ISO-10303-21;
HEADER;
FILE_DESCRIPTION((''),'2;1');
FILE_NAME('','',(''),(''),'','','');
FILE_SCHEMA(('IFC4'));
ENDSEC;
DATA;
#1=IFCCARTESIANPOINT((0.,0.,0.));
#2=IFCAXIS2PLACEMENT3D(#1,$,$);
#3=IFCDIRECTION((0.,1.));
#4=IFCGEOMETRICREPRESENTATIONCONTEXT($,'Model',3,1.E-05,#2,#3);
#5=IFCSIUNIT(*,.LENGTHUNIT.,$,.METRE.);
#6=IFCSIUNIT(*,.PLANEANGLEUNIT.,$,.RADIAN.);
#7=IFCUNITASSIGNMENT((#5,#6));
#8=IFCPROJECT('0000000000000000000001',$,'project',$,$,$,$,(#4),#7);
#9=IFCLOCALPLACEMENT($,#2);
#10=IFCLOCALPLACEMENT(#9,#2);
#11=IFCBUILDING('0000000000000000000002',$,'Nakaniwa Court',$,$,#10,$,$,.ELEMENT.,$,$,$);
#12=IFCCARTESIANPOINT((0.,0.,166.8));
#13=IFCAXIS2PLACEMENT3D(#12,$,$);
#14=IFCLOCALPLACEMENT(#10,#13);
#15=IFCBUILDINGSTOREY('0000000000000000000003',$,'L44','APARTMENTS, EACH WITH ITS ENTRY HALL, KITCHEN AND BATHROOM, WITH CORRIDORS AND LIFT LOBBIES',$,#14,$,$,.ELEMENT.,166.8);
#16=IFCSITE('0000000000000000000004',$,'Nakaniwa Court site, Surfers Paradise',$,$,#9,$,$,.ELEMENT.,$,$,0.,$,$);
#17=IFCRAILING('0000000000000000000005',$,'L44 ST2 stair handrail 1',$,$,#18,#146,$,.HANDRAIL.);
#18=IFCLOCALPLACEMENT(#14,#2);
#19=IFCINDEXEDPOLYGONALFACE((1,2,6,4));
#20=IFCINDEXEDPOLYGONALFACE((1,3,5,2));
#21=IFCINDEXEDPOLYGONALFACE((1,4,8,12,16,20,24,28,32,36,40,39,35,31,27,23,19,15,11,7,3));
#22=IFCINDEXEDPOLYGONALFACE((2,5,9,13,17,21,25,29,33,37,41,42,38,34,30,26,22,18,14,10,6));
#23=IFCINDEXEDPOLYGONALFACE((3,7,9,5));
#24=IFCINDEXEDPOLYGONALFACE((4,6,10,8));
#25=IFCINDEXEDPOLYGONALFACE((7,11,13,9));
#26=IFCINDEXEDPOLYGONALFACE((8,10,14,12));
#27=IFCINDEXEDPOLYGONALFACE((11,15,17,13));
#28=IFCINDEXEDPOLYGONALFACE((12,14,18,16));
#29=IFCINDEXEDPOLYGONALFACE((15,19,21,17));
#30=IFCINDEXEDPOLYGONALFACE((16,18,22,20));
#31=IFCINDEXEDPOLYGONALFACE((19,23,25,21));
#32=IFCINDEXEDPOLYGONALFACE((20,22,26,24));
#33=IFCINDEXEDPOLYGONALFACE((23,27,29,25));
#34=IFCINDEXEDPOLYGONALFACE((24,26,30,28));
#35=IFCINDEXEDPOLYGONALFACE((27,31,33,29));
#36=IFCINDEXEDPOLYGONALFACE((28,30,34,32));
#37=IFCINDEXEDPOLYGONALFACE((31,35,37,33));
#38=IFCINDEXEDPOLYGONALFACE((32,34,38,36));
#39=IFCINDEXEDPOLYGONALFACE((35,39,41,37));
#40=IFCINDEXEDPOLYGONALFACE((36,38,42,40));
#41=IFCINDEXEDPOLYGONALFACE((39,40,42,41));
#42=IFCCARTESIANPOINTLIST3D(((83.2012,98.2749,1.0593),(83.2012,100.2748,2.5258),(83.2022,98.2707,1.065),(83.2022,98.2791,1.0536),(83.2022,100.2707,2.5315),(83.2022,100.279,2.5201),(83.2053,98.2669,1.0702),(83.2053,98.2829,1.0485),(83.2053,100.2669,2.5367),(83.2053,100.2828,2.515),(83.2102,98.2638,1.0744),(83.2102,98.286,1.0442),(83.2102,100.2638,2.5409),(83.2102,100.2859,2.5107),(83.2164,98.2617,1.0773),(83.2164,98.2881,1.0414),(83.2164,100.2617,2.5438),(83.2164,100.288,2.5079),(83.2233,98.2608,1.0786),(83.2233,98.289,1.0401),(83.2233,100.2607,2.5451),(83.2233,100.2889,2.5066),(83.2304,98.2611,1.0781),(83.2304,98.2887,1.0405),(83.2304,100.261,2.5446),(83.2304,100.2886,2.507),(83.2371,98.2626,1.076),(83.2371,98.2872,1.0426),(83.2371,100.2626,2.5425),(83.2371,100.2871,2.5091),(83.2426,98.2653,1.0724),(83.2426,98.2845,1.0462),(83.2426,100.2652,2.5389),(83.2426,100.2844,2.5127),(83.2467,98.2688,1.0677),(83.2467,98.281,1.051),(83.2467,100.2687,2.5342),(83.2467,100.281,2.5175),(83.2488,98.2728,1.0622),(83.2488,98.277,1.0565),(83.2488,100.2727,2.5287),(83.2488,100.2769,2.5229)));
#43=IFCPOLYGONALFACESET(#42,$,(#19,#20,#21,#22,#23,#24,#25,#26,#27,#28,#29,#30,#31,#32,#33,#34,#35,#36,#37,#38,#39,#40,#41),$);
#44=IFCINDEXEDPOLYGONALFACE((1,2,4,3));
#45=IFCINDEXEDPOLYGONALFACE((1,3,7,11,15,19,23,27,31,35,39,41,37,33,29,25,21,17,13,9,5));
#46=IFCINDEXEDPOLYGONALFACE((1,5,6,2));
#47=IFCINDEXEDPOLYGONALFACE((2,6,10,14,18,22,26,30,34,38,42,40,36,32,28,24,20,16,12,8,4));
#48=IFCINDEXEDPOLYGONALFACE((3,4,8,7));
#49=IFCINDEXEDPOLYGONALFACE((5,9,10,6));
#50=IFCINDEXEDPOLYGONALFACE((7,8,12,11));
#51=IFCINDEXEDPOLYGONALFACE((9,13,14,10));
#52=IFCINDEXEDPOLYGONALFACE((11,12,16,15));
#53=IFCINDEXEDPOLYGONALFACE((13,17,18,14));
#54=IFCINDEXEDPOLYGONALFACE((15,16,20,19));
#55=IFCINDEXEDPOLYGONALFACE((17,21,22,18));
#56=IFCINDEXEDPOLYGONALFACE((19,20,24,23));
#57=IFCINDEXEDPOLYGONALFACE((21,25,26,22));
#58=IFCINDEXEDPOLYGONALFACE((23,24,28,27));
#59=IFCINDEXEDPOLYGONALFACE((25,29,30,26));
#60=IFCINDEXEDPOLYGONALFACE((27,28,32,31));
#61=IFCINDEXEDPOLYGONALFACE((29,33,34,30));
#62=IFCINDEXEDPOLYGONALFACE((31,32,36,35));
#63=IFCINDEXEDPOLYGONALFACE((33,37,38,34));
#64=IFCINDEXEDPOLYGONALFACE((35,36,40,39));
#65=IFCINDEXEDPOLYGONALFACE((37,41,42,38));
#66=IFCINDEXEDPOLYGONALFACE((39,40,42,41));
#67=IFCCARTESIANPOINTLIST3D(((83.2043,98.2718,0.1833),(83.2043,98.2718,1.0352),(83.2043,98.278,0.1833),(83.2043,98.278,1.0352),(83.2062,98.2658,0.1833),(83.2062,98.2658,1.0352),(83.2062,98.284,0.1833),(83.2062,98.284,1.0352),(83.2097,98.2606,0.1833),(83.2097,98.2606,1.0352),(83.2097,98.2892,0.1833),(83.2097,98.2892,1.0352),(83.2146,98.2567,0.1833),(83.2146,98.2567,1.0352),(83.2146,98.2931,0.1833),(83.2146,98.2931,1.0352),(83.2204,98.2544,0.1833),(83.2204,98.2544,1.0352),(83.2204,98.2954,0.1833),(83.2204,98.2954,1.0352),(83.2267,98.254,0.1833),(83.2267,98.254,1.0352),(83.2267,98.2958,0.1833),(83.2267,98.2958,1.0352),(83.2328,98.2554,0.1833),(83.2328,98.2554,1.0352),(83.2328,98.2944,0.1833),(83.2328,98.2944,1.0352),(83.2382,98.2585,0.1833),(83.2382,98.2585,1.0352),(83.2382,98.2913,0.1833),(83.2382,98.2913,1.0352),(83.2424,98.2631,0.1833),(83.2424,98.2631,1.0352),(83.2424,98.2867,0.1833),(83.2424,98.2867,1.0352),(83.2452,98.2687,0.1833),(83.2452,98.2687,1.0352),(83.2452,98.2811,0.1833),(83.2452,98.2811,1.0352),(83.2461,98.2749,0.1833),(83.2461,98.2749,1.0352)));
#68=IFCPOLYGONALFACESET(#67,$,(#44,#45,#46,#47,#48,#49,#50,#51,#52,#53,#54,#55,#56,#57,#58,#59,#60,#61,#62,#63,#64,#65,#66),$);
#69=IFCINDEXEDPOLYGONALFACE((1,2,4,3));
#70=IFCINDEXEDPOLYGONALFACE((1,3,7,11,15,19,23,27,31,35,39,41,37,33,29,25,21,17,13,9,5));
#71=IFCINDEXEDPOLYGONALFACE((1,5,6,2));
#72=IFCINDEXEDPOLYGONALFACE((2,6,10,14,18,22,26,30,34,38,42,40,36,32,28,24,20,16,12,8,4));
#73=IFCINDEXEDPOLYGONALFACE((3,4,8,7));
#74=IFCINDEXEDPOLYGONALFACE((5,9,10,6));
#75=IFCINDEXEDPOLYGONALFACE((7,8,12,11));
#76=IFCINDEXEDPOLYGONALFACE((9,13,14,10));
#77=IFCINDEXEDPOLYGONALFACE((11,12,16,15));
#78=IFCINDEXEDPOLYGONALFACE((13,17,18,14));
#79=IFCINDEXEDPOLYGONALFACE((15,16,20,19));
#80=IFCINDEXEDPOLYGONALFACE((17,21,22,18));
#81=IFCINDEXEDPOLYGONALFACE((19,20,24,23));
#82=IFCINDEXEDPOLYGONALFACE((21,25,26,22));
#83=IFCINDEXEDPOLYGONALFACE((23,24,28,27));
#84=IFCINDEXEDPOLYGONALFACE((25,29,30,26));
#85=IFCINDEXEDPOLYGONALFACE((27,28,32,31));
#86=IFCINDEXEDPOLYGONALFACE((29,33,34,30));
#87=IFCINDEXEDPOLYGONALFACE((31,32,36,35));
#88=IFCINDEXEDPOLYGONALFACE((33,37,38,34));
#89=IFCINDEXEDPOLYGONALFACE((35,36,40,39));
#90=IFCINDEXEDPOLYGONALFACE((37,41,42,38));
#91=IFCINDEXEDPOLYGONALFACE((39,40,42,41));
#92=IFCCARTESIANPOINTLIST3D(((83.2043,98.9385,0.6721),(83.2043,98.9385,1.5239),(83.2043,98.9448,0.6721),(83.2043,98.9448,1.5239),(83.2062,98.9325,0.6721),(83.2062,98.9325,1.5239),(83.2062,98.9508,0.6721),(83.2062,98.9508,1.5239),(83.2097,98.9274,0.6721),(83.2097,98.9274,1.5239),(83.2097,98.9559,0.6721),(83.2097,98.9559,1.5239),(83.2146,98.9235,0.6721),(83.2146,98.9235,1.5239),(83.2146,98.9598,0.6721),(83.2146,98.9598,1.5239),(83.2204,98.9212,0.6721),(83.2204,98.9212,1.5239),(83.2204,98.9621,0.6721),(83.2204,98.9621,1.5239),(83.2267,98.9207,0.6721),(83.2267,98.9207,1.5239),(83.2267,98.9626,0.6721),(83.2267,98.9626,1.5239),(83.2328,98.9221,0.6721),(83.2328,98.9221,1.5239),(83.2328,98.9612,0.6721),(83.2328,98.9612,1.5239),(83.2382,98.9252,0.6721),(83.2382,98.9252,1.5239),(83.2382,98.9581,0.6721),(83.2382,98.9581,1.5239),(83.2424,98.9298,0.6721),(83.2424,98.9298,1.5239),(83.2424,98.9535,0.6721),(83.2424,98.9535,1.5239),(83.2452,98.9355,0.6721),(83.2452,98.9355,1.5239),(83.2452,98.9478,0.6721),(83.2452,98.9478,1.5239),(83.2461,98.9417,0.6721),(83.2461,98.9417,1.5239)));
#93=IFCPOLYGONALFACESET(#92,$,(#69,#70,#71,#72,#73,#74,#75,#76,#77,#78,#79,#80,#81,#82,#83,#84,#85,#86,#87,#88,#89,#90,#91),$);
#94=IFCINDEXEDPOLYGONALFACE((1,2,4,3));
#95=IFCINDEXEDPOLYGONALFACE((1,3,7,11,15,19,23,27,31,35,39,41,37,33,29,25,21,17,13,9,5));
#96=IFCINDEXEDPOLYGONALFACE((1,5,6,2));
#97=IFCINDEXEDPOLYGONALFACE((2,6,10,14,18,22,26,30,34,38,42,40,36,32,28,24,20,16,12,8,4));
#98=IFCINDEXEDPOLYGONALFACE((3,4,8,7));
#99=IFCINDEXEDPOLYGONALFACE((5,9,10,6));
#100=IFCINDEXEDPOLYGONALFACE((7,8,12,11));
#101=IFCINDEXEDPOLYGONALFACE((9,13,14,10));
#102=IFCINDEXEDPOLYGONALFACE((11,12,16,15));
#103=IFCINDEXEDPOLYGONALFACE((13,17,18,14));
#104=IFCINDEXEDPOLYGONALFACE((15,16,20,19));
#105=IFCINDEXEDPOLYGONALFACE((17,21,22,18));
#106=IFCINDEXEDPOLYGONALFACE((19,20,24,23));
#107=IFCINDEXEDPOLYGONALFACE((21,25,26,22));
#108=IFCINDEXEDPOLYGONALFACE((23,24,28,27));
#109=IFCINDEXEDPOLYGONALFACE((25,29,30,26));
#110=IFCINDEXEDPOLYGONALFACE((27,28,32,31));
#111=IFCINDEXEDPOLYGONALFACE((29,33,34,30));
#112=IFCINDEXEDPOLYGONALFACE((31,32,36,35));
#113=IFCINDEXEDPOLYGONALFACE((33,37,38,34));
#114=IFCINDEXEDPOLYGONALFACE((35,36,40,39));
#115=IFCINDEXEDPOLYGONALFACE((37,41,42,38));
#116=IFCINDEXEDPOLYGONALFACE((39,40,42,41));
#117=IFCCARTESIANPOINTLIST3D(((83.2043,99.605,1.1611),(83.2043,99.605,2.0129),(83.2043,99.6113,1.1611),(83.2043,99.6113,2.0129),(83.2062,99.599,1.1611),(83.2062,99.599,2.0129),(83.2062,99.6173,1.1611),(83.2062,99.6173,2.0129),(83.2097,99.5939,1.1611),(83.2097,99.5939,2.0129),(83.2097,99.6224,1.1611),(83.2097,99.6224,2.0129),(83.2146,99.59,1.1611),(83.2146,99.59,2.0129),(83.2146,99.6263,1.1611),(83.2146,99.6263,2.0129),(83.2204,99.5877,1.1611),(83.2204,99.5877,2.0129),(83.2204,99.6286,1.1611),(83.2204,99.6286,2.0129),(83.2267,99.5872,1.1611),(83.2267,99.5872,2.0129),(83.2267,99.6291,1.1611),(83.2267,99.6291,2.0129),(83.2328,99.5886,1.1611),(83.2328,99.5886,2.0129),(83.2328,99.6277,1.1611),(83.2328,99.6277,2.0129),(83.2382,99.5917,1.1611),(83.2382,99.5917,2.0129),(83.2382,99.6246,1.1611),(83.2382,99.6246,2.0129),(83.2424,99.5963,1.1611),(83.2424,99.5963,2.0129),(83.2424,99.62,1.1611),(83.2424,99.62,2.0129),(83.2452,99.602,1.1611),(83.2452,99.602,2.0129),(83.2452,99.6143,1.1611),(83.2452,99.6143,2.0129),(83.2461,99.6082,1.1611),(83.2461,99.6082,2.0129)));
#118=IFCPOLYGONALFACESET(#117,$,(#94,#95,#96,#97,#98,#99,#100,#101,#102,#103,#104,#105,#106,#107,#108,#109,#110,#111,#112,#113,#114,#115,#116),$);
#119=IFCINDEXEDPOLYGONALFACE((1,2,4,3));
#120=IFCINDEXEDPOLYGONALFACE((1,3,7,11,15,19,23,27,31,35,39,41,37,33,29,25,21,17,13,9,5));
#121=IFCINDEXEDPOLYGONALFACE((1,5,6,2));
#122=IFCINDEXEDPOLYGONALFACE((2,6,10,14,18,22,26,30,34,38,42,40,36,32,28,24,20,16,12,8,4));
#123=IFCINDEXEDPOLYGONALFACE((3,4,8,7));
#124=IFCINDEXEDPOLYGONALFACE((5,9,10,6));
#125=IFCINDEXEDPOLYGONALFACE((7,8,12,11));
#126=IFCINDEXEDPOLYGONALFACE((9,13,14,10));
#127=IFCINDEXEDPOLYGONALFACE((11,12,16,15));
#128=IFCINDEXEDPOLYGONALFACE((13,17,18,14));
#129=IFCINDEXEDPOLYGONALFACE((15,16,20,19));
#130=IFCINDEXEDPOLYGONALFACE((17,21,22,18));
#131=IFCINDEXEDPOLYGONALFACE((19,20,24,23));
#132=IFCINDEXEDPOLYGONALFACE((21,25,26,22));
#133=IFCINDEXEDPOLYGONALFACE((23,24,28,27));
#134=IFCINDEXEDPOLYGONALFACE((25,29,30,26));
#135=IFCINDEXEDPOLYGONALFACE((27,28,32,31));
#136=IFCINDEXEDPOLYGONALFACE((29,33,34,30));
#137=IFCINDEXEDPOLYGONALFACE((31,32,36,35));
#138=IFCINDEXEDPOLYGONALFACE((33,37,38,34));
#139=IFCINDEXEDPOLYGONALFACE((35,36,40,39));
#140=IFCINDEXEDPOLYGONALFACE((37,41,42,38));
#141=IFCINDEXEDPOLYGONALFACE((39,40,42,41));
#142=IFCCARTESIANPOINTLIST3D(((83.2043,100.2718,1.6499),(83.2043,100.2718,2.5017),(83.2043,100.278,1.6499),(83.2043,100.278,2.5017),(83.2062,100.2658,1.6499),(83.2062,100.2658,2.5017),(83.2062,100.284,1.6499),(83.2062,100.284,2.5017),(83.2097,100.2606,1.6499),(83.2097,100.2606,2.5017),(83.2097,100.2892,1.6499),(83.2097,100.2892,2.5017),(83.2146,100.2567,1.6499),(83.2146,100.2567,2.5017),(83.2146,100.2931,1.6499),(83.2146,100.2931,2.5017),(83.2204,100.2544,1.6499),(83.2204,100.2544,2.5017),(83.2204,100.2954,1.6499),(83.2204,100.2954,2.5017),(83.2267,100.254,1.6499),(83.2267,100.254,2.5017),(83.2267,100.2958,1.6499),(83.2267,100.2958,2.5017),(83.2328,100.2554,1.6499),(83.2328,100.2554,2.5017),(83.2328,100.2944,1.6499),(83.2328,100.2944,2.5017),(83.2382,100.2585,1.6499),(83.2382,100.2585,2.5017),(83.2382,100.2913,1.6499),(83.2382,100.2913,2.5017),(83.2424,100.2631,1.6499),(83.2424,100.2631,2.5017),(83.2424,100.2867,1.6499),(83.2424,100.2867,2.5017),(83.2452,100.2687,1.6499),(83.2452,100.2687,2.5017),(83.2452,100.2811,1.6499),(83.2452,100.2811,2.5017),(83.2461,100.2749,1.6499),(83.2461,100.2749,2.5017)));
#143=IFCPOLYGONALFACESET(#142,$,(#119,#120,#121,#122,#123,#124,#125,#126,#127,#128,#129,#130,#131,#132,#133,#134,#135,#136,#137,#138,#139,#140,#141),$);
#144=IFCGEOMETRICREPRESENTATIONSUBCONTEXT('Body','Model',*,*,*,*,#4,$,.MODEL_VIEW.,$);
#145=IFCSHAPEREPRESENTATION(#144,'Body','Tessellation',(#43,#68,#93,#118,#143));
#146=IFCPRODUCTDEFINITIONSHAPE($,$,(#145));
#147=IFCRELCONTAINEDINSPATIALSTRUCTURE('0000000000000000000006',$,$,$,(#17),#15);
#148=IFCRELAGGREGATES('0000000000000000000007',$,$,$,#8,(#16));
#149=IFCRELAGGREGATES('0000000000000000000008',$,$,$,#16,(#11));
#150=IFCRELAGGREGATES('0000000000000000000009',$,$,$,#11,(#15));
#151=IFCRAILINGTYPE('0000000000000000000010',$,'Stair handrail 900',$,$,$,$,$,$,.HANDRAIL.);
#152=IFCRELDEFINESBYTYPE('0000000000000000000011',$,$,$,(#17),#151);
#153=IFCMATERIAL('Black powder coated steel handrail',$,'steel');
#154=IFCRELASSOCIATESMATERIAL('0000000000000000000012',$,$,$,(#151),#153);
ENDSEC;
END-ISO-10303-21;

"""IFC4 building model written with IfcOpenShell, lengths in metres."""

from ifc_helpers import new_model, si_unit, direction, frame, origin, origin_2d, place, context, subcontext, project, spatial, circle, extrude, material, type_object, element, save


model = new_model("IFC4")

# Units and contexts
model_context = context("Model", 3, precision=1e-05, world=origin(), true_north=direction((0.0, 1.0)))
body_context = subcontext(model_context, "Body", "Model", "MODEL_VIEW")
ifc_project = project(units=[si_unit("LENGTHUNIT", "METRE"), si_unit("PLANEANGLEUNIT", "RADIAN")], contexts=[model_context])

# Site, building, storey
site_placement = place(None, origin())
site = spatial("IfcSite", under=ifc_project, at=site_placement, Name="Nakaniwa Court site, Surfers Paradise", CompositionType="ELEMENT", RefElevation=0.0)
building_placement = place(site_placement, origin())
building = spatial("IfcBuilding", under=site, at=building_placement, Name="Nakaniwa Court", CompositionType="ELEMENT")
storey_placement = place(building_placement, frame((0.0, 0.0, 166.8)))
storey = spatial("IfcBuildingStorey", under=building, at=storey_placement, Name="L44", Description="APARTMENTS, EACH WITH ITS ENTRY HALL, KITCHEN AND BATHROOM, WITH CORRIDORS AND LIFT LOBBIES", CompositionType="ELEMENT", Elevation=166.8)

# Railing
ifc_material_1 = material(Name="Black powder coated steel handrail", Category="steel")
railing_type_1 = type_object("IfcRailingType", Name="Stair handrail 900", PredefinedType="HANDRAIL", material=ifc_material_1)
railing_1_placement = place(storey_placement, frame((83.2251, 98.2749, 0.1833)))
element("IfcRailing", 1, at=railing_1_placement, inside=storey, type_object=railing_type_1, Name="L44 ST2 stair handrail 1", PredefinedType="HANDRAIL", context=body_context, shape_type="SweptSolid", body=[
    extrude(circle(Radius=0.0239, at=origin_2d()), frame((0.0, 0.0, 0.876), z_axis=(0.0, 0.806427, 0.591334), x_axis=(-1.0, 0.0, 0.0)), (0.0, 0.0, 1.0), 2.48),
    extrude(circle(Radius=0.021, at=origin_2d()), origin(), (0.0, 0.0, 1.0), 0.8518),
    extrude(circle(Radius=0.021, at=origin_2d()), frame((0.0, 0.6667, 0.4888)), (0.0, 0.0, 1.0), 0.8518),
    extrude(circle(Radius=0.021, at=origin_2d()), frame((0.0, 1.3333, 0.9778)), (0.0, 0.0, 1.0), 0.8518),
    extrude(circle(Radius=0.021, at=origin_2d()), frame((0.0, 2.0, 1.4666)), (0.0, 0.0, 1.0), 0.8518),
])

save(model, "model.ifc")
